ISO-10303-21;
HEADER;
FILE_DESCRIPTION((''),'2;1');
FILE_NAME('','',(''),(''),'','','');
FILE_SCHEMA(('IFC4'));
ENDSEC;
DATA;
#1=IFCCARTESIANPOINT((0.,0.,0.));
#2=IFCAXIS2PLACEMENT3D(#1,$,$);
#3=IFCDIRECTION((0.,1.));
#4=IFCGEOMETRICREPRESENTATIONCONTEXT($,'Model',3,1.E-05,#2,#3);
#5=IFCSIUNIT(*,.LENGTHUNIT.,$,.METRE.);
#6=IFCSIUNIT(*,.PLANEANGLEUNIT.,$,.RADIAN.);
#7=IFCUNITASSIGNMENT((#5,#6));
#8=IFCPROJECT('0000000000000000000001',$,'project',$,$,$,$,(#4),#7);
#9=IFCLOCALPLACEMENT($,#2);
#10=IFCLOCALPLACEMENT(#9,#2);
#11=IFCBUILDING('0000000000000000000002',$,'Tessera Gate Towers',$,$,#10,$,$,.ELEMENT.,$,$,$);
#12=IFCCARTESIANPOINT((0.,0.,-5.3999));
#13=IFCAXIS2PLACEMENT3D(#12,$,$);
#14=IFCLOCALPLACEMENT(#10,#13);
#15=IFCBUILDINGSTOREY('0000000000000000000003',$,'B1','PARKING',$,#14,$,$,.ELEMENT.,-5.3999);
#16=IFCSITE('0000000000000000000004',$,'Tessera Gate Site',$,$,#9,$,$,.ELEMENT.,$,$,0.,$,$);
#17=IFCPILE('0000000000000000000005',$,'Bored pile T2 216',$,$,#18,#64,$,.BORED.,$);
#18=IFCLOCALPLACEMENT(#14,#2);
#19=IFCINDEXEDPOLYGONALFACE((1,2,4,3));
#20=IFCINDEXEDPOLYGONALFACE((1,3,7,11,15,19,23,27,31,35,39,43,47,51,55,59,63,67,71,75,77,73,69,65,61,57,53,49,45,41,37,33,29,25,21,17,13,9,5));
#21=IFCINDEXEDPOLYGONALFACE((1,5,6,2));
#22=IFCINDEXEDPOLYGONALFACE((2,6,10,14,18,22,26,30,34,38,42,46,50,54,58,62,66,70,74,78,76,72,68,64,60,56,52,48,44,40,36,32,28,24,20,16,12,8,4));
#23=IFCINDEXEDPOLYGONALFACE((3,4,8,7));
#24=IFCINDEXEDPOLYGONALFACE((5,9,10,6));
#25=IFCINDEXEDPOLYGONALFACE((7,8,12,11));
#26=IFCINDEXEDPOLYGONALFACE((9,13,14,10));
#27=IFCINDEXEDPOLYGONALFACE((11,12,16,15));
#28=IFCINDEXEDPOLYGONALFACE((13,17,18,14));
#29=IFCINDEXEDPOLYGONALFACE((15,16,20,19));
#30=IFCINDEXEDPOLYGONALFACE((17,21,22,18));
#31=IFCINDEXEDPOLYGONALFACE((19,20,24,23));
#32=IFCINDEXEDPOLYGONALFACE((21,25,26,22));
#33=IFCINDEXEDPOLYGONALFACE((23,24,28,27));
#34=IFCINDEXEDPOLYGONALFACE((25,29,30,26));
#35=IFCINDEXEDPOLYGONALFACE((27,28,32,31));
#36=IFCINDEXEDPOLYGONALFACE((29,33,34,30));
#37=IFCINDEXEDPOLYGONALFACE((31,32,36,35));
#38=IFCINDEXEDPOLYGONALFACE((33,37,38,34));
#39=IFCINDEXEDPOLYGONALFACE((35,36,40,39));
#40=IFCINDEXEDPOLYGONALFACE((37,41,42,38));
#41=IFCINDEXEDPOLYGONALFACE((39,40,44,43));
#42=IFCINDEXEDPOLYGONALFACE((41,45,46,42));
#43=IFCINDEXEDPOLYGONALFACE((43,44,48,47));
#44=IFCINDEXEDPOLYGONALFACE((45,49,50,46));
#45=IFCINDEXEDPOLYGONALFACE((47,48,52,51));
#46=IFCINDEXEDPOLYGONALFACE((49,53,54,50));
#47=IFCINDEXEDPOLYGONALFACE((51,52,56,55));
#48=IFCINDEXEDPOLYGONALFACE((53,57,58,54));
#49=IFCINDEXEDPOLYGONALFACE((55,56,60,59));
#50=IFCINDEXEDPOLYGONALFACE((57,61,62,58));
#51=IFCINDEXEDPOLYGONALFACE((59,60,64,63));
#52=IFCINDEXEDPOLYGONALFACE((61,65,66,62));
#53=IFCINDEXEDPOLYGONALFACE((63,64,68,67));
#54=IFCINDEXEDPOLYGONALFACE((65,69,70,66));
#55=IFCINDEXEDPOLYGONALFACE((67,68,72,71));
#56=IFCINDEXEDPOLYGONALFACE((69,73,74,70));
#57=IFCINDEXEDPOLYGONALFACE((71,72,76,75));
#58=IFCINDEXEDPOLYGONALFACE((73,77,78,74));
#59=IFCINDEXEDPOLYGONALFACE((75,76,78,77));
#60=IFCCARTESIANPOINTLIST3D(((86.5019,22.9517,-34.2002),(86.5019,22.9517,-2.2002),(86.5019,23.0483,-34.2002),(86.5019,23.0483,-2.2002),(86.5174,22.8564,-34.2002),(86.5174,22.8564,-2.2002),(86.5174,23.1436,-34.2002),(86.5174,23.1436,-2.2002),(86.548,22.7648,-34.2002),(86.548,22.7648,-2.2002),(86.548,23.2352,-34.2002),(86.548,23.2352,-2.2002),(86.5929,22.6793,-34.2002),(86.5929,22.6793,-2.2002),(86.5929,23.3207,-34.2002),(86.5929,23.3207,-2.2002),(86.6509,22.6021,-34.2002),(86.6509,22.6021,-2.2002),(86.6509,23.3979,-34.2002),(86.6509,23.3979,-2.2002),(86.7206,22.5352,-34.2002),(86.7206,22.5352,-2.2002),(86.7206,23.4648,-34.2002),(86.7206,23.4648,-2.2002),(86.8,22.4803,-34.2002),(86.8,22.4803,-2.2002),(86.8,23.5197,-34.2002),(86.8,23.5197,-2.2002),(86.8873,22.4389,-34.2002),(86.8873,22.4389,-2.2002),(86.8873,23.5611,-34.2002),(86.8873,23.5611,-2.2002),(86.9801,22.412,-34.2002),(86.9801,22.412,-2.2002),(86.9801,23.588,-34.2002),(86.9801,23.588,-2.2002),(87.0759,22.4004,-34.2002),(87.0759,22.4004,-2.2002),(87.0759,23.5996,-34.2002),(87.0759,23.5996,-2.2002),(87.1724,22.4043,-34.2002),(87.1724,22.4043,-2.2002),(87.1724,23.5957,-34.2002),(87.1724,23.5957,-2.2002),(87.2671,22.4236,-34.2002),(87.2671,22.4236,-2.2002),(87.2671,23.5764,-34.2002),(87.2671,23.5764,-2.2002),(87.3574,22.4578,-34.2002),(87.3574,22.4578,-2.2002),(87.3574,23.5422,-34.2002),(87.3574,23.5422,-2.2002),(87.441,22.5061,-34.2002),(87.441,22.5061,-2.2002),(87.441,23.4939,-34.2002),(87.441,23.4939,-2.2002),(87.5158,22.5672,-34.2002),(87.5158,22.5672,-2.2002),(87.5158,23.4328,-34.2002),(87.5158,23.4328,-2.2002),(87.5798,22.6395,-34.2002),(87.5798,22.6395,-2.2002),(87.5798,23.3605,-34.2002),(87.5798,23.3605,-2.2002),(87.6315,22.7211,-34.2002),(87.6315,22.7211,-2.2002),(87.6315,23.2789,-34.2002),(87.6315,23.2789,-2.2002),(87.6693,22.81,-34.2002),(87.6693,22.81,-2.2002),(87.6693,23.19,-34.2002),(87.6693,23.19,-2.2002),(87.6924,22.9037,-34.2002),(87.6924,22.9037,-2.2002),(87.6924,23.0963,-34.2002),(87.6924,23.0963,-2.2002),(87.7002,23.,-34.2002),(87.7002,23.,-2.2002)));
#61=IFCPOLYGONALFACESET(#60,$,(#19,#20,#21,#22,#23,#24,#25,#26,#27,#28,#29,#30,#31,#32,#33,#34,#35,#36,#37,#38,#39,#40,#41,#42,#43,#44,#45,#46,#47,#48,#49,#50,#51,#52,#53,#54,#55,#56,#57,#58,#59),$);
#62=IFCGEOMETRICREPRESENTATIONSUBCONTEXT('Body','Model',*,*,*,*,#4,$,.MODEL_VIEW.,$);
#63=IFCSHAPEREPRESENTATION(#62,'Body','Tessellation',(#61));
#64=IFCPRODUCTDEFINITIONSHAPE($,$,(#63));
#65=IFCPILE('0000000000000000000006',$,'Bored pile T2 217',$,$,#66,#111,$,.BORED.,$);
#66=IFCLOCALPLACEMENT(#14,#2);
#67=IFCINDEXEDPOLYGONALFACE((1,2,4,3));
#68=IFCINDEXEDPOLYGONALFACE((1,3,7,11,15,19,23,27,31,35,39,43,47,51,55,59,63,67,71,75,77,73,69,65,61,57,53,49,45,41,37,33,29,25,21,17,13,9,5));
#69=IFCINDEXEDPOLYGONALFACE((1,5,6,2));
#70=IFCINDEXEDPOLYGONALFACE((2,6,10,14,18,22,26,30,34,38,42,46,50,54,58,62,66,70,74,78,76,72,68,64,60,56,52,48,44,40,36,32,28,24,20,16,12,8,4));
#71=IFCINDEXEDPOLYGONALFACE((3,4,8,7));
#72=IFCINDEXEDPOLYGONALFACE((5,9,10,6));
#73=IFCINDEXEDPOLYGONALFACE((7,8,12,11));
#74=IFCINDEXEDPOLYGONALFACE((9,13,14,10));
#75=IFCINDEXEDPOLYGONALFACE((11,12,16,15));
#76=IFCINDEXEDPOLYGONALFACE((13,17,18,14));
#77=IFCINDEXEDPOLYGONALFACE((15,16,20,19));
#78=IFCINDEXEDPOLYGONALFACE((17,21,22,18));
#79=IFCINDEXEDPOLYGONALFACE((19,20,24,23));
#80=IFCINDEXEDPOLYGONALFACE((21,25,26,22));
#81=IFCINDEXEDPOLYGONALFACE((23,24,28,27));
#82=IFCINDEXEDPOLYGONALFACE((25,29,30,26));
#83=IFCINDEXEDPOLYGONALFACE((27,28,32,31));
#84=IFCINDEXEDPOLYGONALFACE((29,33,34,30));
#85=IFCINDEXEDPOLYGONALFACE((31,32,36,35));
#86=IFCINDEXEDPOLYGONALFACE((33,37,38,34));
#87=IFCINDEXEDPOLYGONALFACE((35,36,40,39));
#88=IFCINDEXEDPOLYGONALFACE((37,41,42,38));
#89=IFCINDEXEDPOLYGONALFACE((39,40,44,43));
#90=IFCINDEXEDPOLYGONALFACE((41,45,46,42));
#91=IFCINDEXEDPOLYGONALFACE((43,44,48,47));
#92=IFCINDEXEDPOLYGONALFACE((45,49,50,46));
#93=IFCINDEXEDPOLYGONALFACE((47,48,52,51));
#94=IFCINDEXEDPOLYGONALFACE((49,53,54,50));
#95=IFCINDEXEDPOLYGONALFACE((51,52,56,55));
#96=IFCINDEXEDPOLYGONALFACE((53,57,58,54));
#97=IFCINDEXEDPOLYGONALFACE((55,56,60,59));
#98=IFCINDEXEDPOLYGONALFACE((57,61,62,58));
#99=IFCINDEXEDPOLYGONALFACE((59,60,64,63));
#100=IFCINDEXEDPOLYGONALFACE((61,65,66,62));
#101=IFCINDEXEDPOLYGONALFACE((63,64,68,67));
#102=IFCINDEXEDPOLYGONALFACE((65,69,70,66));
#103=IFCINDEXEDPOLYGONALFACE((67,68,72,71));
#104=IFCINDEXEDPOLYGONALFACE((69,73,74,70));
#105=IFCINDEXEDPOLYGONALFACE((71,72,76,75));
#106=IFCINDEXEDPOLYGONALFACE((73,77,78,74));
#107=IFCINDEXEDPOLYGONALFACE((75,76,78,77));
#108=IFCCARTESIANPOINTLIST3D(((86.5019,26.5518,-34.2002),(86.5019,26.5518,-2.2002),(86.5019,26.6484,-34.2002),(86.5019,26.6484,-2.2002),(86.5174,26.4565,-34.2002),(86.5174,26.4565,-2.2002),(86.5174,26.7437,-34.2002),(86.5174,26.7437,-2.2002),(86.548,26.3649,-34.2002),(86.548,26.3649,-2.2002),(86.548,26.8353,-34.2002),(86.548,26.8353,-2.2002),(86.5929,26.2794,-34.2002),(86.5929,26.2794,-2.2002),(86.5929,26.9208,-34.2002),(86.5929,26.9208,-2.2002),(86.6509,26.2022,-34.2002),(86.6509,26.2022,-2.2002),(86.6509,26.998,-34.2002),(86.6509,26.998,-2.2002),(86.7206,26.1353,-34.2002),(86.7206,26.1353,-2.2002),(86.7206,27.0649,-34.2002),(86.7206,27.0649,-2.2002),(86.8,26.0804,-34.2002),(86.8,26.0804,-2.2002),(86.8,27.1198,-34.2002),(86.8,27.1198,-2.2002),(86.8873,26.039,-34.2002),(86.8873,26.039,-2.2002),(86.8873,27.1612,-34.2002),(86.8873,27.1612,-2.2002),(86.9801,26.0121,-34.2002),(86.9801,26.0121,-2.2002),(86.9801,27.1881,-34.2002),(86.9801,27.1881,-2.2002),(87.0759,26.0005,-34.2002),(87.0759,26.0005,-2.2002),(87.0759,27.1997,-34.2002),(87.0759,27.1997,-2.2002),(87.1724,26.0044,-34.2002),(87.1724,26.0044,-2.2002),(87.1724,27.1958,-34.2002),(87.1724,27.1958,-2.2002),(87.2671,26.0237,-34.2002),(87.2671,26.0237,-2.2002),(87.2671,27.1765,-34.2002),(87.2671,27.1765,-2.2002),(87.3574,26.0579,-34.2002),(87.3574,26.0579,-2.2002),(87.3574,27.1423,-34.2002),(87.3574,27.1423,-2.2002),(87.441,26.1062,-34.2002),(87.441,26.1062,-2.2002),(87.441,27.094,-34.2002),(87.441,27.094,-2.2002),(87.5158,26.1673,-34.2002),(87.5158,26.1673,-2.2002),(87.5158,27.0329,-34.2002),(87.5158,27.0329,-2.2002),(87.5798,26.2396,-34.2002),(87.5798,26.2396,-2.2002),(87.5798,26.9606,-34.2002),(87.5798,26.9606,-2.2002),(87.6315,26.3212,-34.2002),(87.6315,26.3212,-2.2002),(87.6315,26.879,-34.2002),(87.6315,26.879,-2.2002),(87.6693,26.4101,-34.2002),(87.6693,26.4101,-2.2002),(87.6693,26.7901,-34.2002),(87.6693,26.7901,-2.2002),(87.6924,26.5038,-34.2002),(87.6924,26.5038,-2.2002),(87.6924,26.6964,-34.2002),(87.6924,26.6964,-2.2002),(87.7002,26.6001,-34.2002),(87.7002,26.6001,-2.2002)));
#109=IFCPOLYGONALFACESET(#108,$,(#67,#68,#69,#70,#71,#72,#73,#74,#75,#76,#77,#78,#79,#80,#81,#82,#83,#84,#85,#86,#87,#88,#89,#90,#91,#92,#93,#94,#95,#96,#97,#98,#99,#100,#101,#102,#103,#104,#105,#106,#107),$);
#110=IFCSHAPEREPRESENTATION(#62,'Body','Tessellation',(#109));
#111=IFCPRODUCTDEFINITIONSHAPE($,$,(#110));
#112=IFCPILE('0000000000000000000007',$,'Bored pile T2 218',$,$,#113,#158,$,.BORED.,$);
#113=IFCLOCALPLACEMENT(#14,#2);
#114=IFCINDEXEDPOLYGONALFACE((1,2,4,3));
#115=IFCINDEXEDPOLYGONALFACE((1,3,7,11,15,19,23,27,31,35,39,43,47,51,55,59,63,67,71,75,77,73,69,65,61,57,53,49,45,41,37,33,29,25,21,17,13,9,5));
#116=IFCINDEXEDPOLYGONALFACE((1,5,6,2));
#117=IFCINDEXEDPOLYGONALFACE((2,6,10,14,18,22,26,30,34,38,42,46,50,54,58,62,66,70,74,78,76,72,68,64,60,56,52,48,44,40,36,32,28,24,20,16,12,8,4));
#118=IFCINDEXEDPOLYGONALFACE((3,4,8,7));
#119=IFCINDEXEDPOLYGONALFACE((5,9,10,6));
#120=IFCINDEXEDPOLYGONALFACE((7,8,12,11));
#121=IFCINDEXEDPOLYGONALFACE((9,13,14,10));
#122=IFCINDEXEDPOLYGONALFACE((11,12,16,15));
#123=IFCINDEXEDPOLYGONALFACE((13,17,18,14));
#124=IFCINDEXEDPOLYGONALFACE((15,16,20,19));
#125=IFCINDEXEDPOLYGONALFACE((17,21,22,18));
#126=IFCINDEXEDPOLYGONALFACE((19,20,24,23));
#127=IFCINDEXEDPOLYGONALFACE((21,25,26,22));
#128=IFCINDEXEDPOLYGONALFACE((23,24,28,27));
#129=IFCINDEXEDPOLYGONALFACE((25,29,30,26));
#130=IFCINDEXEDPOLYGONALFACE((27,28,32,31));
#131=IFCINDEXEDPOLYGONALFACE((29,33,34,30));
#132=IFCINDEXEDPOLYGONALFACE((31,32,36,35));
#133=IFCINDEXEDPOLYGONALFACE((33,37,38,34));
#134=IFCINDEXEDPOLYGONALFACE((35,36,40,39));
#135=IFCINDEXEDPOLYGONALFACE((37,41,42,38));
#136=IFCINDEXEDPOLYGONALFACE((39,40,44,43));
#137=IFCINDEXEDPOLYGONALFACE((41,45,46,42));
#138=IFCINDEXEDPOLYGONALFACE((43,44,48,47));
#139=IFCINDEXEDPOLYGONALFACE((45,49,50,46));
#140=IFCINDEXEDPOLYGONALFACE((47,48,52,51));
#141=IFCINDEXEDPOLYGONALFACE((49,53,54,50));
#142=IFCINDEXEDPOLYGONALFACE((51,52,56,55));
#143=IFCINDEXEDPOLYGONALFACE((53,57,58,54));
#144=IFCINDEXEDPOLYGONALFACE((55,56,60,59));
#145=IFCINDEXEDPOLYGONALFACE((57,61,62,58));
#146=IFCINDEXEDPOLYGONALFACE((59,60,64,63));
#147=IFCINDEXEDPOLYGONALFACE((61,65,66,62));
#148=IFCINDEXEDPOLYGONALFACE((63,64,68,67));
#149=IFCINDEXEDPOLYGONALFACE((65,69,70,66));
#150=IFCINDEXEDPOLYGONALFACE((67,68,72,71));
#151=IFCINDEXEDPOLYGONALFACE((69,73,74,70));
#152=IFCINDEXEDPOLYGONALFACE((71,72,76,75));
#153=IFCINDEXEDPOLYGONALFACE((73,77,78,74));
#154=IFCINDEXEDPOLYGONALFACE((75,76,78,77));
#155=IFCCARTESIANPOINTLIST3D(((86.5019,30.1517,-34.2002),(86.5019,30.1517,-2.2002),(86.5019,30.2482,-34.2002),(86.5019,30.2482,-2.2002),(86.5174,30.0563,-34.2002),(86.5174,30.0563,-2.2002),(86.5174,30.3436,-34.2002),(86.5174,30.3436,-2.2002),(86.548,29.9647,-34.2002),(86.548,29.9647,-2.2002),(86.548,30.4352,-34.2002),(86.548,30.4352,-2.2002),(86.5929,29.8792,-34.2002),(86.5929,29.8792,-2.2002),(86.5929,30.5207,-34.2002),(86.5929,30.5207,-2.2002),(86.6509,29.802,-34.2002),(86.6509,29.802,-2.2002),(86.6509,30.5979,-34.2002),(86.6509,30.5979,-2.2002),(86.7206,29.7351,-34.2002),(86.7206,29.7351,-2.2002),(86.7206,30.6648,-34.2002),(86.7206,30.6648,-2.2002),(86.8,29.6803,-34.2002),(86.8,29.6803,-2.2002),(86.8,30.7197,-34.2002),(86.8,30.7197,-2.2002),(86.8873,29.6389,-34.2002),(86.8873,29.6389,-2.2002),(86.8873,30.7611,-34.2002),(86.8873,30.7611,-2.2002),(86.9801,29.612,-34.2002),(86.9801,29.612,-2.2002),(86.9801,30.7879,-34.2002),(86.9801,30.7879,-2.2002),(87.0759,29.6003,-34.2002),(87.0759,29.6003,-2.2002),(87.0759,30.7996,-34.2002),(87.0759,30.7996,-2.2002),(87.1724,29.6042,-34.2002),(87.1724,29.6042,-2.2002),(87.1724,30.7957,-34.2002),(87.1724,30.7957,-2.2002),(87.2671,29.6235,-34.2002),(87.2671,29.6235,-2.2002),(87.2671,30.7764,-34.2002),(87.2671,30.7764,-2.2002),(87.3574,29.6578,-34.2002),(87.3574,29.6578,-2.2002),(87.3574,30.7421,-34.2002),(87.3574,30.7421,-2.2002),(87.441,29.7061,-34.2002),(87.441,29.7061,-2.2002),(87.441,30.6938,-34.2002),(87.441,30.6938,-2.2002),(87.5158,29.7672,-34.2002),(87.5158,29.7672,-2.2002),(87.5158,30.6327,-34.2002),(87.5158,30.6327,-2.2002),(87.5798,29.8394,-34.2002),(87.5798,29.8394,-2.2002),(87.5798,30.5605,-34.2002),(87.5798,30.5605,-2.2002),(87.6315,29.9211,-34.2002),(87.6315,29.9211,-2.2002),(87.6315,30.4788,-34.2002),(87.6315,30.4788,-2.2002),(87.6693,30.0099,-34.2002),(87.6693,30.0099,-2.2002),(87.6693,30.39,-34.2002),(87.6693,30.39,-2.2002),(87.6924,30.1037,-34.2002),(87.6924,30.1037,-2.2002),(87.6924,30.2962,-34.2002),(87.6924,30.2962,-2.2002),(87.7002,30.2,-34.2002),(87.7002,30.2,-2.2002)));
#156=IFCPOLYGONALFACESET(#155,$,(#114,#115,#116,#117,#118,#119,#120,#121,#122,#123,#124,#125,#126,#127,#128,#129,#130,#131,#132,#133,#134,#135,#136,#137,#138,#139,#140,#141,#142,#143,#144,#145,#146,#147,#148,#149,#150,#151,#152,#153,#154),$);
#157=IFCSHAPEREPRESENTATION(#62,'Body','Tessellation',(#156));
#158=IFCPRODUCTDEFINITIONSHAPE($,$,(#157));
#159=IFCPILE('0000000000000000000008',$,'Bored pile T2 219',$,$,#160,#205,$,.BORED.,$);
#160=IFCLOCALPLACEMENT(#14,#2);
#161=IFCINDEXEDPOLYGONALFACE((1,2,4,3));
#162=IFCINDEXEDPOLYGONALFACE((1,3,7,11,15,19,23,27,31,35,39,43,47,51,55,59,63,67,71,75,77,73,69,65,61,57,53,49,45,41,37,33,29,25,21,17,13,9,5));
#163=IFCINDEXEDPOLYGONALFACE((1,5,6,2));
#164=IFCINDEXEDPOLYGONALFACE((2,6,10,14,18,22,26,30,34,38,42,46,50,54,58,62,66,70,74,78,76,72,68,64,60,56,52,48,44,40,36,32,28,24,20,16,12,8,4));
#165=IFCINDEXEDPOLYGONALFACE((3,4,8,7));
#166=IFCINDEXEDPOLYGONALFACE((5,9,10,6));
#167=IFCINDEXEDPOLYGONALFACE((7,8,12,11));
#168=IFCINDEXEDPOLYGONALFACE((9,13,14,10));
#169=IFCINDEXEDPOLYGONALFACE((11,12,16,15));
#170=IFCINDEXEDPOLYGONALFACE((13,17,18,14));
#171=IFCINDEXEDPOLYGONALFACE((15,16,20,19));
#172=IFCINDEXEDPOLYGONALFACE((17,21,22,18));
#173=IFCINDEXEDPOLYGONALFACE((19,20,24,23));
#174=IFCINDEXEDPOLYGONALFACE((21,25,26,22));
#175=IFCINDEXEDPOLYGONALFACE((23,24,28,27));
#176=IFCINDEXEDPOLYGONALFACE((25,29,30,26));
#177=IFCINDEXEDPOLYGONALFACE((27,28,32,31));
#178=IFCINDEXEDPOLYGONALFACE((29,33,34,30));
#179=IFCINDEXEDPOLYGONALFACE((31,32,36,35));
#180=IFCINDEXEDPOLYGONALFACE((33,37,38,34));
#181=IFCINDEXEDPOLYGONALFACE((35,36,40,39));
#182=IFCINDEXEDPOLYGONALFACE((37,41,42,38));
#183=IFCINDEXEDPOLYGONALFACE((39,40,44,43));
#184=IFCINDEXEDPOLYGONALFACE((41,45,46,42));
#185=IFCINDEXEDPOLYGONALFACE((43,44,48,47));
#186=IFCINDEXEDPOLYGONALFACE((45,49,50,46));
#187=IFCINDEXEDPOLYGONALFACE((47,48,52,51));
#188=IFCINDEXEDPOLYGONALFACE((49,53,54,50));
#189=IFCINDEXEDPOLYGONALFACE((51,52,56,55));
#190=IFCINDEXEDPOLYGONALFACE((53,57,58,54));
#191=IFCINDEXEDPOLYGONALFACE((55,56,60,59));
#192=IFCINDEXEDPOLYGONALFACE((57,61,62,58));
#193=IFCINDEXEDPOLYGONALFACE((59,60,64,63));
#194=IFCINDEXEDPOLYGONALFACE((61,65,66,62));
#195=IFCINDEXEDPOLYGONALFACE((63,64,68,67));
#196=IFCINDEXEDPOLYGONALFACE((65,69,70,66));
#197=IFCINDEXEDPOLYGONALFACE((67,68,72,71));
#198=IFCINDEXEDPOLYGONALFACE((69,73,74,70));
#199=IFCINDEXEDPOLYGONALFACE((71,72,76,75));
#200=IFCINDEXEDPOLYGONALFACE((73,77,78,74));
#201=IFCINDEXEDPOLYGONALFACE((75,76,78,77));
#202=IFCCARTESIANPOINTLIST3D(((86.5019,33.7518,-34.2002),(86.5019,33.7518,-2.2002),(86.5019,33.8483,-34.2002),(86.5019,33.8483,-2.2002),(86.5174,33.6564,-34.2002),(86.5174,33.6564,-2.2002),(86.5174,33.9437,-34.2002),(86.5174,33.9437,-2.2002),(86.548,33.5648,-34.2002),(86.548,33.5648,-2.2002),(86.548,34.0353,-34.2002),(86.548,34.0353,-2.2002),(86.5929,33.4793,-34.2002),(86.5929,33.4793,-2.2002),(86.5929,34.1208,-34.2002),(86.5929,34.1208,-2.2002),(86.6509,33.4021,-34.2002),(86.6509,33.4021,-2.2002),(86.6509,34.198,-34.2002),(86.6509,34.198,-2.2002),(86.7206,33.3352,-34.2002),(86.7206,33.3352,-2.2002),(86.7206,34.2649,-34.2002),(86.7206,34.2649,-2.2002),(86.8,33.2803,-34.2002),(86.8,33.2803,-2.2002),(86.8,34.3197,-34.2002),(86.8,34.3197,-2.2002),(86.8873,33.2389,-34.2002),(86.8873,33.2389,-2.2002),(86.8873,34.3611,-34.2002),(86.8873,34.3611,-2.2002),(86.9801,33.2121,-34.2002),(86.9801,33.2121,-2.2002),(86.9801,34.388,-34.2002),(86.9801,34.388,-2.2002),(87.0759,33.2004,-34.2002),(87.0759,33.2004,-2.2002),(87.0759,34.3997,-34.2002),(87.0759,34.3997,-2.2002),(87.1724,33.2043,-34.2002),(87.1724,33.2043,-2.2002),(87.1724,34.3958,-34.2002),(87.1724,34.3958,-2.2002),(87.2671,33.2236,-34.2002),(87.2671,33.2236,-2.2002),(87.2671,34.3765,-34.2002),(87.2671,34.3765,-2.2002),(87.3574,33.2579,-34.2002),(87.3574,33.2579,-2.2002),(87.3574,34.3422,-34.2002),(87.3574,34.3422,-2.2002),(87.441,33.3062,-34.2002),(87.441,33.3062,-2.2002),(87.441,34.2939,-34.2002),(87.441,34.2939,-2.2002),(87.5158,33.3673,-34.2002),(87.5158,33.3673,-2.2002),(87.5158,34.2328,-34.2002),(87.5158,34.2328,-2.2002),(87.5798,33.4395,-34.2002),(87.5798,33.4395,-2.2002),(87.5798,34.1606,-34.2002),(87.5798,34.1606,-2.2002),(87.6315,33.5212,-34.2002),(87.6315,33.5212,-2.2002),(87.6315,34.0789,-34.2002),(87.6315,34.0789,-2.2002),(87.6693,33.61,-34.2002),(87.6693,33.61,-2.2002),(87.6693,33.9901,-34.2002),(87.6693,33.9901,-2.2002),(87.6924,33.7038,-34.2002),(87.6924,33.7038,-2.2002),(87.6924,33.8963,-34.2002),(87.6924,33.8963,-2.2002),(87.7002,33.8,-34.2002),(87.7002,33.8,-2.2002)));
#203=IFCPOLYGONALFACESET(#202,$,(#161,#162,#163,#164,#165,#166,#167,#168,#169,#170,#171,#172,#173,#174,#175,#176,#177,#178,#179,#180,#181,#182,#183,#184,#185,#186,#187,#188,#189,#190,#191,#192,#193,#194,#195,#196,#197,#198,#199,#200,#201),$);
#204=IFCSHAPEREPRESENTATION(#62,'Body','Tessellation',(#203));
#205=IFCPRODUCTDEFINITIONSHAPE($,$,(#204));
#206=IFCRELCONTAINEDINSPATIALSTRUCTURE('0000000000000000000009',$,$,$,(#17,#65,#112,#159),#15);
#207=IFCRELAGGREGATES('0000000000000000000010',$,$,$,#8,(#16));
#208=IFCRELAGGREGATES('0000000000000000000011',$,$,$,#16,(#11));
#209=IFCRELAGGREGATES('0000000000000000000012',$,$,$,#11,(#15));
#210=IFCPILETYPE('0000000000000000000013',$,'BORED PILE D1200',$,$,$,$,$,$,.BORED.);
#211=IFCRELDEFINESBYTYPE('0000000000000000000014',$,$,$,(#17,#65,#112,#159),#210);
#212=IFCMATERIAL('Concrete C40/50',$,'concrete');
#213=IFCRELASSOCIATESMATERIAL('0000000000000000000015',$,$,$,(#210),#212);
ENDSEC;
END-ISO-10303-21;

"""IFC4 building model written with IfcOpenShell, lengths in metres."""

from ifc_helpers import new_model, si_unit, direction, frame, origin, origin_2d, place, context, subcontext, project, spatial, circle, extrude, material, material_profile, profile_set, type_object, element, save


model = new_model("IFC4")

# Units and contexts
model_context = context("Model", 3, precision=1e-05, world=origin(), true_north=direction((0.0, 1.0)))
body_context = subcontext(model_context, "Body", "Model", "MODEL_VIEW")
ifc_project = project(units=[si_unit("LENGTHUNIT", "METRE"), si_unit("PLANEANGLEUNIT", "RADIAN")], contexts=[model_context])

# Site, building, storey
site_placement = place(None, origin())
site = spatial("IfcSite", under=ifc_project, at=site_placement, Name="Tessera Gate Site", CompositionType="ELEMENT", RefElevation=0.0)
building_placement = place(site_placement, origin())
building = spatial("IfcBuilding", under=site, at=building_placement, Name="Tessera Gate Towers", CompositionType="ELEMENT")
storey_placement = place(building_placement, frame((0.0, 0.0, -5.3999)))
storey = spatial("IfcBuildingStorey", under=building, at=storey_placement, Name="B1", Description="PARKING", CompositionType="ELEMENT", Elevation=-5.3999)

# Piles
ifc_material_1 = material(Name="Concrete C40/50", Category="concrete")
ifc_material_profile_1 = material_profile(ifc_material_1, circle(Radius=0.6001, at=origin_2d()), Name="BORED PILE D1200")
ifc_profile_set_1 = profile_set([ifc_material_profile_1], Name="Concrete C40/50")
pile_type = type_object("IfcPileType", Name="BORED PILE D1200", PredefinedType="BORED", material=ifc_profile_set_1)
for number, where, z_axis, x_axis, name in (
    (1, (87.1001, 23.0, -2.2002), (0.0, 0.0, -1.0), (1.0, 0.0, 0.0), "Bored pile T2 216"),
    (2, (87.1001, 26.6001, -2.2002), (0.0, 0.0, -1.0), (1.0, 0.0, 0.0), "Bored pile T2 217"),
    (3, (87.1001, 30.2, -2.2002), (0.0, 0.0, -1.0), (1.0, 0.0, 0.0), "Bored pile T2 218"),
    (4, (87.1001, 33.8, -2.2002), (0.0, 0.0, -1.0), (1.0, 0.0, 0.0), "Bored pile T2 219"),
):
    element("IfcPile", number, at=place(storey_placement, frame(where, z_axis=z_axis, x_axis=x_axis)), inside=storey, type_object=pile_type, Name=name, PredefinedType="BORED", context=body_context, shape_type="SweptSolid", body=[
        extrude(circle(Radius=0.6001, at=origin_2d()), origin(), (0.0, 0.0, 1.0), 32.0),
    ])

save(model, "model.ifc")
